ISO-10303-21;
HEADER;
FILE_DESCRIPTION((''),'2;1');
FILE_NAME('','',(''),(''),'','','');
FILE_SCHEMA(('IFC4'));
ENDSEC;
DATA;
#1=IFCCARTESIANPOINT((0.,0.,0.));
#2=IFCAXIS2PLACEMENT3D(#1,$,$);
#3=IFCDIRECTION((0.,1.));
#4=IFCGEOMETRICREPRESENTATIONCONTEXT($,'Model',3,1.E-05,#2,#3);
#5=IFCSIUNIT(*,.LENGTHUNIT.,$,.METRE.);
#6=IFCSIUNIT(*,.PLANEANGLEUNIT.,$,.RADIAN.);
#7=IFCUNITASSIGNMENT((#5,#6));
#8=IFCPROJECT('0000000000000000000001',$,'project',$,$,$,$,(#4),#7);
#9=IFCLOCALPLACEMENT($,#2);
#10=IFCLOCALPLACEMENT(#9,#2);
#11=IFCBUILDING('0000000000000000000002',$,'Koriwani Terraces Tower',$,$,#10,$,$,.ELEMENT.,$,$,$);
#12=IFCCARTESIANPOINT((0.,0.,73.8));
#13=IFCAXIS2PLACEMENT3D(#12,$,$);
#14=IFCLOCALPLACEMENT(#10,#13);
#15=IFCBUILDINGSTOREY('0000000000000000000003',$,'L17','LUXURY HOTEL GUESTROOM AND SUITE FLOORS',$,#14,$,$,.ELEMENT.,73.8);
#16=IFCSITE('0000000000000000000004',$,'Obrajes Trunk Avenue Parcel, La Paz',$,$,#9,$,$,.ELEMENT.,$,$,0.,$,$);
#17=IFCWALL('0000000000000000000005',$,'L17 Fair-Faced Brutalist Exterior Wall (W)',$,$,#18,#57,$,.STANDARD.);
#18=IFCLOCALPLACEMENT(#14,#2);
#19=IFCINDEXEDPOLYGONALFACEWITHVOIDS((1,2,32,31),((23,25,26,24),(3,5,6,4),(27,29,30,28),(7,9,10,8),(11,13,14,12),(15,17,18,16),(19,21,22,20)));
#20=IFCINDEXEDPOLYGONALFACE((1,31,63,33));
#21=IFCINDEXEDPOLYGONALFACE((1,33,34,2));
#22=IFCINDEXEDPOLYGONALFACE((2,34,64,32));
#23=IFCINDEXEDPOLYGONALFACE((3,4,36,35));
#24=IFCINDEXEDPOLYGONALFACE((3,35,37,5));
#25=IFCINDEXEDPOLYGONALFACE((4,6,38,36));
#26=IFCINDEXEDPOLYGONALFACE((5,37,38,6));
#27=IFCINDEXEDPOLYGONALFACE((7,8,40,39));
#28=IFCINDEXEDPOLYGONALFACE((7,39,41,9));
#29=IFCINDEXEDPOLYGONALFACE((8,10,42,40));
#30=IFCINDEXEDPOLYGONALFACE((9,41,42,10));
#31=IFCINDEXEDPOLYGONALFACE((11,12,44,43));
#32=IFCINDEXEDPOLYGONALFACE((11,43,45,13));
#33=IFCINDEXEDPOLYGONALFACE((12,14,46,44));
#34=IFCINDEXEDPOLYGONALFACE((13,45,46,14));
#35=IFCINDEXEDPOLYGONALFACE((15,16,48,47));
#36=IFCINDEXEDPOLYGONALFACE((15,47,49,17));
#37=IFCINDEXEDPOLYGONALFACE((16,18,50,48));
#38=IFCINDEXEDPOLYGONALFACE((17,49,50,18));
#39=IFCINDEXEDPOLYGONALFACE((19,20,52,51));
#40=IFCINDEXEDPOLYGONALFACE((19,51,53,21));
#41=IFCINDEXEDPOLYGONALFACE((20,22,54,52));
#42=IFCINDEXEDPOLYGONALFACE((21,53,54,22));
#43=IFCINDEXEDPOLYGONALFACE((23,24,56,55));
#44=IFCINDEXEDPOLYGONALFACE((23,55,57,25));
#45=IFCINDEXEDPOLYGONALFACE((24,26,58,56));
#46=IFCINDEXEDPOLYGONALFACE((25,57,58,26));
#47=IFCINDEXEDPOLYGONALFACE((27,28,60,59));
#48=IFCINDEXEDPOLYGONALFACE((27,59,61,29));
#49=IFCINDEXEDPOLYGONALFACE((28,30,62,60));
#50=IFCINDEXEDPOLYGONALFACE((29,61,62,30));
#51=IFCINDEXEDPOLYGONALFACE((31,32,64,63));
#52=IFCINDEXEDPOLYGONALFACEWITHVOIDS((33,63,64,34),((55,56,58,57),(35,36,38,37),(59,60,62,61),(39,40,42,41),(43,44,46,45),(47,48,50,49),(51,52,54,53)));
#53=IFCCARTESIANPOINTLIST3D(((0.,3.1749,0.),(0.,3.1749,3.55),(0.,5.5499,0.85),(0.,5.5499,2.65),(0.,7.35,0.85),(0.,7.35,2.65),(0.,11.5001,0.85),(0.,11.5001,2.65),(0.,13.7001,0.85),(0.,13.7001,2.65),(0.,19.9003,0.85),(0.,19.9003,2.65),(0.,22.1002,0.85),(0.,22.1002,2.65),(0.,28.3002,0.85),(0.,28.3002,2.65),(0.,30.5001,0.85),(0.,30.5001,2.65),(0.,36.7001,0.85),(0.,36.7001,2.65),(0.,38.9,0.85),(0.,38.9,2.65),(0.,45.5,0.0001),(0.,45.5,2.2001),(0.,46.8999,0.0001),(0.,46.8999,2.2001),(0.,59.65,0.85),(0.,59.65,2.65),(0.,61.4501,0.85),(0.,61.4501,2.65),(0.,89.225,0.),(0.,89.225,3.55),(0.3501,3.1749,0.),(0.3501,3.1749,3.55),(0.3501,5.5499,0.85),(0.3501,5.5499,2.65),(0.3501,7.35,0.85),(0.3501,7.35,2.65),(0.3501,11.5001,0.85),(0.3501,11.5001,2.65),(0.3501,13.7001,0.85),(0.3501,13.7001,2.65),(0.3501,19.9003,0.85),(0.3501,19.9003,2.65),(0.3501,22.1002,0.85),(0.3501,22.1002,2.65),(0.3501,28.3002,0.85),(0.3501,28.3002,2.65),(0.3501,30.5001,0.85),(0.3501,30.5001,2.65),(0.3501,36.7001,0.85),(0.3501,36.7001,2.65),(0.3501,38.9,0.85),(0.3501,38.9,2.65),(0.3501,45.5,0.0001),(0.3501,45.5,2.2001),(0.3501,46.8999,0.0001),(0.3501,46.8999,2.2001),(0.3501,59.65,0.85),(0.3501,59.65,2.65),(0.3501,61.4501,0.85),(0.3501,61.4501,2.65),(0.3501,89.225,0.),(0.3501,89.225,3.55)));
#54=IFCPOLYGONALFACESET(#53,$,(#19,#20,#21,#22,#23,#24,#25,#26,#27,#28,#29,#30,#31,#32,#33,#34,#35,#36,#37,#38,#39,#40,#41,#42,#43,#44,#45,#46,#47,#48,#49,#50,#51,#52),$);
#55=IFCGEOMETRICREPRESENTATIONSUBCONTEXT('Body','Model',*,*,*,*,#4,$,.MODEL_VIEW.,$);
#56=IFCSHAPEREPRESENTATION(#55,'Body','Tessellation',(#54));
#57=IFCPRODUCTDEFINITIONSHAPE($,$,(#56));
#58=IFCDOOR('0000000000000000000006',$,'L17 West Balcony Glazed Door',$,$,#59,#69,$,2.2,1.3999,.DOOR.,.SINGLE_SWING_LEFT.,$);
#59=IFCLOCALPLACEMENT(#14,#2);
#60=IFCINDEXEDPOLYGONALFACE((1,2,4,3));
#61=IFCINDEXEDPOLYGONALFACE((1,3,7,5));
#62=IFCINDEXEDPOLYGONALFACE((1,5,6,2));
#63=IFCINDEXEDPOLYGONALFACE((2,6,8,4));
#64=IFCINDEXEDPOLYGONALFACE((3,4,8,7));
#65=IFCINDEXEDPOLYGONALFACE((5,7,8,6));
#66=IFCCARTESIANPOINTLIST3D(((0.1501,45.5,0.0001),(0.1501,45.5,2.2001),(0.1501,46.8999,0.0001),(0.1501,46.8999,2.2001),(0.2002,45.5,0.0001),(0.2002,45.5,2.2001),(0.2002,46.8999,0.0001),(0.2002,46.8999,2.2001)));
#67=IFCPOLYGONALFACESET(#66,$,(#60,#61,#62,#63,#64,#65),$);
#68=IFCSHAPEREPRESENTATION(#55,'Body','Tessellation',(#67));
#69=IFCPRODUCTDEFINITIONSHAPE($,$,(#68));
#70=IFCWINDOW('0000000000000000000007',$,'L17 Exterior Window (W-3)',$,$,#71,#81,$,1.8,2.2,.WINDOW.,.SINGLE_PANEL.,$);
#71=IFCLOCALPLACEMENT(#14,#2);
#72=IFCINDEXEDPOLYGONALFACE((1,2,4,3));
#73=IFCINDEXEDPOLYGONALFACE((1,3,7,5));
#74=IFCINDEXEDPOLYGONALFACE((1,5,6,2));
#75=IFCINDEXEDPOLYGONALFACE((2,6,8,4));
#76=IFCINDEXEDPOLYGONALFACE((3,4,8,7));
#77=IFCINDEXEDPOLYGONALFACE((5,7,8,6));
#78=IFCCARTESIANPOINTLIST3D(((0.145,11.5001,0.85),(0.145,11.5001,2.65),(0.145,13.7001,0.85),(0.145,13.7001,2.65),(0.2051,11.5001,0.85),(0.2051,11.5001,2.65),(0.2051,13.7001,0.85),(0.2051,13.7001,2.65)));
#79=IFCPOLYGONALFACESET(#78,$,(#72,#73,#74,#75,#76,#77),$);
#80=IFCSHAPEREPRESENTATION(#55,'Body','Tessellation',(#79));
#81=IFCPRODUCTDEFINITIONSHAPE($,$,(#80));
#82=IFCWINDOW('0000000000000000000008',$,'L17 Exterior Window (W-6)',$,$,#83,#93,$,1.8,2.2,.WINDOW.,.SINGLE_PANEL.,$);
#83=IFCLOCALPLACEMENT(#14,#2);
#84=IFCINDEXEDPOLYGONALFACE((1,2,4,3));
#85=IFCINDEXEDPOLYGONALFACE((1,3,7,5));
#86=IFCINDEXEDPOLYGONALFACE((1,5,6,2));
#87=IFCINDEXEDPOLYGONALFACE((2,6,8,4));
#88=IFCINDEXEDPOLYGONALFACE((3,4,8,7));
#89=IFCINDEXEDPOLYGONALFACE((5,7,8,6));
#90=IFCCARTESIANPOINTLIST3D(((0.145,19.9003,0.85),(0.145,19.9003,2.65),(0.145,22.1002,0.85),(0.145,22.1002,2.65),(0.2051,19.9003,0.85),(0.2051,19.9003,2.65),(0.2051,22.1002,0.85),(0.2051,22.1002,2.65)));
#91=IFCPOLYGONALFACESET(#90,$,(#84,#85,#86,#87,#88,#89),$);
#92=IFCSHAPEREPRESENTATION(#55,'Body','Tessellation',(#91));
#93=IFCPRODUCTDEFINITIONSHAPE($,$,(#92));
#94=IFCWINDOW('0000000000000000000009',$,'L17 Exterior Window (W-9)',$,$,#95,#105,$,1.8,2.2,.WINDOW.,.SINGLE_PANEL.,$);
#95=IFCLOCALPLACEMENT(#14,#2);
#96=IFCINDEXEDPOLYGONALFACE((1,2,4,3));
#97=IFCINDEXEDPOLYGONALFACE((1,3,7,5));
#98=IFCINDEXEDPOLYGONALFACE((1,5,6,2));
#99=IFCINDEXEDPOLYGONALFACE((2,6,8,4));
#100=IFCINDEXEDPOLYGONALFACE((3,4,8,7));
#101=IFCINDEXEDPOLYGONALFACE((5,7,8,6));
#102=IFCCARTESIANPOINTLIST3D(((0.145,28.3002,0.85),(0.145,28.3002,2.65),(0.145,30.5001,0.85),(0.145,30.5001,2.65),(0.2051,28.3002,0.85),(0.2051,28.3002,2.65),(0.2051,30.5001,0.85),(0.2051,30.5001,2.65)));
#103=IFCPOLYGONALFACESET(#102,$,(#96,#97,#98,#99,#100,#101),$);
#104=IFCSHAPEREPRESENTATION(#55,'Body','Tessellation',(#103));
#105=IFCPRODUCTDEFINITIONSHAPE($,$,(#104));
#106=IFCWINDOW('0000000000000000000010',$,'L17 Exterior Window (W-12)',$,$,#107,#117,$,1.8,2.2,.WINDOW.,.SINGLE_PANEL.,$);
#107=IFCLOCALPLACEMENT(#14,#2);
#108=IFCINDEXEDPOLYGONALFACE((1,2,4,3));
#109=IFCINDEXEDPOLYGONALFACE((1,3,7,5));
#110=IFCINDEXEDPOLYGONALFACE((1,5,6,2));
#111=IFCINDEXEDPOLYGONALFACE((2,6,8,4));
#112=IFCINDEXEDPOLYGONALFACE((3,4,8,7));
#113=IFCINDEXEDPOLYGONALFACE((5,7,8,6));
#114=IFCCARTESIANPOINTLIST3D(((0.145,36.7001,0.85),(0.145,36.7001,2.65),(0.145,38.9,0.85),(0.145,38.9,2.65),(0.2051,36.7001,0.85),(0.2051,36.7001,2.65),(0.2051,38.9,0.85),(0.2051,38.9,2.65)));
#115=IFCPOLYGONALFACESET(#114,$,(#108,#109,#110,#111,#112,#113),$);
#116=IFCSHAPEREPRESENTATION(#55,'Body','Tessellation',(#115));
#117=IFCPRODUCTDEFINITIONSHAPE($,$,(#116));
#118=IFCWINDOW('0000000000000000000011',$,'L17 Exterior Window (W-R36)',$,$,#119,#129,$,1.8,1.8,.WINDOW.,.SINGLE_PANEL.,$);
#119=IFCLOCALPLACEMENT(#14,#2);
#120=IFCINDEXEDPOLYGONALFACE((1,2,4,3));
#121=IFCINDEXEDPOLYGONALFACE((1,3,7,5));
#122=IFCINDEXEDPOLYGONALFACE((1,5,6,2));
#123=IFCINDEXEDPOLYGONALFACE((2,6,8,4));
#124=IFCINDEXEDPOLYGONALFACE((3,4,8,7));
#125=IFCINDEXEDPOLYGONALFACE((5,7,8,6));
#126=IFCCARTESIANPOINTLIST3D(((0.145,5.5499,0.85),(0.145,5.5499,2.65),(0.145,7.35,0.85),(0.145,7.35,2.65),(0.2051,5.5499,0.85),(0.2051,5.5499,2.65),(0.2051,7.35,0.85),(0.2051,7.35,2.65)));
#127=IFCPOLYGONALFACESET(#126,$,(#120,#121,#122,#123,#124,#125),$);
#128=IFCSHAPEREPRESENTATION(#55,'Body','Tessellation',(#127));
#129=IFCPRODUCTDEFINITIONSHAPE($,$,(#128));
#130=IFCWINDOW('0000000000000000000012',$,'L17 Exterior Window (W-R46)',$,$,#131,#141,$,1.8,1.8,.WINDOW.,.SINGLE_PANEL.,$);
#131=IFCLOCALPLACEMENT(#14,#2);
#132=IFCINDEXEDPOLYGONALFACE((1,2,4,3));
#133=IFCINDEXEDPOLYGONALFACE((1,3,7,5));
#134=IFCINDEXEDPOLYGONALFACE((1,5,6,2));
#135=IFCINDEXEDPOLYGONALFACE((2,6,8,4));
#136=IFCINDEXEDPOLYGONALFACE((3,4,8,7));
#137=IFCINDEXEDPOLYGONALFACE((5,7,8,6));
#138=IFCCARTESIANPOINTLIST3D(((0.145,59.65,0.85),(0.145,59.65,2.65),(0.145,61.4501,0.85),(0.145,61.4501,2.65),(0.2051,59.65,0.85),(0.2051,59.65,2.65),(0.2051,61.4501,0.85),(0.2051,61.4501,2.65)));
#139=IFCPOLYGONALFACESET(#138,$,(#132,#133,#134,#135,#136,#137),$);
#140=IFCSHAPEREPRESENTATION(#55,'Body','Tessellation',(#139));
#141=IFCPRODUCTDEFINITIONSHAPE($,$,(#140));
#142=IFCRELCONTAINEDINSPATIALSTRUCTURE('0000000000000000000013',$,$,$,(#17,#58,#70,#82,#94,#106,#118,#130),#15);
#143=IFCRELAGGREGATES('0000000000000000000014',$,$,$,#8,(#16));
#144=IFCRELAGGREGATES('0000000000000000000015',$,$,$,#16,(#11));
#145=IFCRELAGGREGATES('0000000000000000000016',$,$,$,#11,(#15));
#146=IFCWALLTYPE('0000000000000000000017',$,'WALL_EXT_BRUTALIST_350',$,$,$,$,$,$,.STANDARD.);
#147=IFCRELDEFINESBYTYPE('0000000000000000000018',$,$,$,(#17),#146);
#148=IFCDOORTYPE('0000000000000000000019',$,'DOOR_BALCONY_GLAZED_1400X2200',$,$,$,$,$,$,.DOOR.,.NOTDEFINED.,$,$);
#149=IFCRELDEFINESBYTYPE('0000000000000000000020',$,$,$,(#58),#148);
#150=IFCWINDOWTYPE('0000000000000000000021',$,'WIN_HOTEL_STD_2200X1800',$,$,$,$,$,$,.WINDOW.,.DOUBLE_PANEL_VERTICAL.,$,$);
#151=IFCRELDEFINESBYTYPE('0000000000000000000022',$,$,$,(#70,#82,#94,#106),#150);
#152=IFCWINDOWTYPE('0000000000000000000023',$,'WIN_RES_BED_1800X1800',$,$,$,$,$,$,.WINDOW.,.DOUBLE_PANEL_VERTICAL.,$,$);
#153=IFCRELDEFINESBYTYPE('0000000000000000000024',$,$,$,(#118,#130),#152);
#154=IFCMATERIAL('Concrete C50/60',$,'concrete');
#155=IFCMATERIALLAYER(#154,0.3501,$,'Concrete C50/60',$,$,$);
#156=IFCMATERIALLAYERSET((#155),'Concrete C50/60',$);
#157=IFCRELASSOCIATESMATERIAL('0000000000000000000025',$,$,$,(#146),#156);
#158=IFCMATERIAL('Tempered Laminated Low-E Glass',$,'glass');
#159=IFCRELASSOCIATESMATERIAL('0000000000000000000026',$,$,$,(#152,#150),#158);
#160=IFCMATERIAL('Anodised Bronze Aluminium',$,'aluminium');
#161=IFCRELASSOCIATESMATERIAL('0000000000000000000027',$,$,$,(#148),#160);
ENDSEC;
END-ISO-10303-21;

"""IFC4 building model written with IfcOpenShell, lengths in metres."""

from ifc_helpers import new_model, si_unit, direction, frame, frame_2d, origin, place, context, subcontext, project, spatial, rectangle, extrude, material, layer, layer_set, type_object, element, fill, save


model = new_model("IFC4")

# Units and contexts
model_context = context("Model", 3, precision=1e-05, world=origin(), true_north=direction((0.0, 1.0)))
body_context = subcontext(model_context, "Body", "Model", "MODEL_VIEW")
ifc_project = project(units=[si_unit("LENGTHUNIT", "METRE"), si_unit("PLANEANGLEUNIT", "RADIAN")], contexts=[model_context])

# Site, building, storey
site_placement = place(None, origin())
site = spatial("IfcSite", under=ifc_project, at=site_placement, Name="Obrajes Trunk Avenue Parcel, La Paz", CompositionType="ELEMENT", RefElevation=0.0)
building_placement = place(site_placement, origin())
building = spatial("IfcBuilding", under=site, at=building_placement, Name="Koriwani Terraces Tower", CompositionType="ELEMENT")
storey_placement = place(building_placement, frame((0.0, 0.0, 73.8)))
storey = spatial("IfcBuildingStorey", under=building, at=storey_placement, Name="L17", Description="LUXURY HOTEL GUESTROOM AND SUITE FLOORS", CompositionType="ELEMENT", Elevation=73.8)

# Shared definitions
ifc_material_1 = material(Name="Concrete C50/60", Category="concrete")

# Shared definitions
ifc_layer_1 = layer(ifc_material_1, 0.3501, Name="Concrete C50/60")
ifc_layer_set_1 = layer_set([ifc_layer_1], Name="Concrete C50/60")
wall_type_1 = type_object("IfcWallType", Name="WALL_EXT_BRUTALIST_350", PredefinedType="STANDARD", material=ifc_layer_set_1)
ifc_material_2 = material(Name="Tempered Laminated Low-E Glass", Category="glass")
window_type_1 = type_object("IfcWindowType", Name="WIN_RES_BED_1800X1800", PartitioningType="DOUBLE_PANEL_VERTICAL", PredefinedType="WINDOW", material=ifc_material_2)

# Wall, openings, door, windows
wall_1_placement = place(storey_placement, frame((0.175, 3.175, 0.0), z_axis=(0.0, 0.0, 1.0), x_axis=(0.0, 1.0, 0.0)))
wall_1 = element("IfcWall", 1, at=wall_1_placement, inside=storey, type_object=wall_type_1, Name="L17 Fair-Faced Brutalist Exterior Wall (W)", PredefinedType="STANDARD", context=body_context, shape_type="SweptSolid", body=[
    extrude(rectangle(XDim=86.05, YDim=0.3501, at=frame_2d((43.0249, 0.0))), origin(), (0.0, 0.0, 1.0), 3.55),
])
opening_1_placement = place(wall_1_placement, frame((42.325, 0.0, 0.0)))
opening_1 = element("IfcOpeningElement", 2, at=opening_1_placement, cuts=wall_1, PredefinedType="OPENING", context=body_context, shape_type="SweptSolid", body=[
    extrude(rectangle(XDim=1.3999, YDim=2.2, at=frame_2d((0.7, 1.1001))), frame((0.0, 0.1851, 0.0), z_axis=(0.0, -1.0, 0.0), x_axis=(1.0, 0.0, 0.0)), (0.0, 0.0, 1.0), 0.3701),
])
opening_2_placement = place(wall_1_placement, frame((8.325, 0.0, 0.8501)))
opening_2 = element("IfcOpeningElement", 3, at=opening_2_placement, cuts=wall_1, PredefinedType="OPENING", context=body_context, shape_type="SweptSolid", body=[
    extrude(rectangle(XDim=2.2, YDim=1.8, at=frame_2d((1.1001, 0.8999))), frame((0.0, 0.1851, 0.0), z_axis=(0.0, -1.0, 0.0), x_axis=(1.0, 0.0, 0.0)), (0.0, 0.0, 1.0), 0.3701),
])
opening_3_placement = place(wall_1_placement, frame((16.7251, 0.0, 0.8501)))
opening_3 = element("IfcOpeningElement", 4, at=opening_3_placement, cuts=wall_1, PredefinedType="OPENING", context=body_context, shape_type="SweptSolid", body=[
    extrude(rectangle(XDim=2.2, YDim=1.8, at=frame_2d((1.1001, 0.8999))), frame((0.0, 0.1851, 0.0), z_axis=(0.0, -1.0, 0.0), x_axis=(1.0, 0.0, 0.0)), (0.0, 0.0, 1.0), 0.3701),
])
opening_4_placement = place(wall_1_placement, frame((25.125, 0.0, 0.8501)))
opening_4 = element("IfcOpeningElement", 5, at=opening_4_placement, cuts=wall_1, PredefinedType="OPENING", context=body_context, shape_type="SweptSolid", body=[
    extrude(rectangle(XDim=2.2, YDim=1.8, at=frame_2d((1.1001, 0.8999))), frame((0.0, 0.1851, 0.0), z_axis=(0.0, -1.0, 0.0), x_axis=(1.0, 0.0, 0.0)), (0.0, 0.0, 1.0), 0.3701),
])
opening_5_placement = place(wall_1_placement, frame((33.5249, 0.0, 0.8501)))
opening_5 = element("IfcOpeningElement", 6, at=opening_5_placement, cuts=wall_1, PredefinedType="OPENING", context=body_context, shape_type="SweptSolid", body=[
    extrude(rectangle(XDim=2.2, YDim=1.8, at=frame_2d((1.1001, 0.8999))), frame((0.0, 0.1851, 0.0), z_axis=(0.0, -1.0, 0.0), x_axis=(1.0, 0.0, 0.0)), (0.0, 0.0, 1.0), 0.3701),
])
opening_6_placement = place(wall_1_placement, frame((2.375, 0.0, 0.8501)))
opening_6 = element("IfcOpeningElement", 7, at=opening_6_placement, cuts=wall_1, PredefinedType="OPENING", context=body_context, shape_type="SweptSolid", body=[
    extrude(rectangle(XDim=1.8, YDim=1.8, at=frame_2d((0.8999, 0.8999))), frame((0.0, 0.1851, 0.0), z_axis=(0.0, -1.0, 0.0), x_axis=(1.0, 0.0, 0.0)), (0.0, 0.0, 1.0), 0.3701),
])
opening_7_placement = place(wall_1_placement, frame((56.4751, 0.0, 0.8501)))
opening_7 = element("IfcOpeningElement", 8, at=opening_7_placement, cuts=wall_1, PredefinedType="OPENING", context=body_context, shape_type="SweptSolid", body=[
    extrude(rectangle(XDim=1.8, YDim=1.8, at=frame_2d((0.8999, 0.8999))), frame((0.0, 0.1851, 0.0), z_axis=(0.0, -1.0, 0.0), x_axis=(1.0, 0.0, 0.0)), (0.0, 0.0, 1.0), 0.3701),
])
ifc_material_3 = material(Name="Anodised Bronze Aluminium", Category="aluminium")
door_type_1 = type_object("IfcDoorType", Name="DOOR_BALCONY_GLAZED_1400X2200", OperationType="NOTDEFINED", PredefinedType="DOOR", material=ifc_material_3)
door_1_placement = place(opening_1_placement, origin())
door_1 = element("IfcDoor", 9, at=door_1_placement, inside=storey, type_object=door_type_1, Name="L17 West Balcony Glazed Door", OperationType="SINGLE_SWING_LEFT", OverallHeight=2.2, OverallWidth=1.3999, PredefinedType="DOOR", context=body_context, shape_type="SweptSolid", body=[
    extrude(rectangle(XDim=1.3999, YDim=2.2, at=frame_2d((0.7, 1.1001))), frame((0.0, 0.0249, 0.0), z_axis=(0.0, -1.0, 0.0), x_axis=(1.0, 0.0, 0.0)), (0.0, 0.0, 1.0), 0.05),
])
fill(opening_1, door_1)
window_type_2 = type_object("IfcWindowType", Name="WIN_HOTEL_STD_2200X1800", PartitioningType="DOUBLE_PANEL_VERTICAL", PredefinedType="WINDOW", material=ifc_material_2)
window_1_placement = place(opening_2_placement, origin())
window_1 = element("IfcWindow", 10, at=window_1_placement, inside=storey, type_object=window_type_2, Name="L17 Exterior Window (W-3)", OverallHeight=1.8, OverallWidth=2.2, PartitioningType="SINGLE_PANEL", PredefinedType="WINDOW", context=body_context, shape_type="SweptSolid", body=[
    extrude(rectangle(XDim=2.2, YDim=1.8, at=frame_2d((1.1001, 0.8999))), frame((0.0, 0.03, 0.0), z_axis=(0.0, -1.0, 0.0), x_axis=(1.0, 0.0, 0.0)), (0.0, 0.0, 1.0), 0.0601),
])
fill(opening_2, window_1)
window_2_placement = place(opening_3_placement, origin())
window_2 = element("IfcWindow", 11, at=window_2_placement, inside=storey, type_object=window_type_2, Name="L17 Exterior Window (W-6)", OverallHeight=1.8, OverallWidth=2.2, PartitioningType="SINGLE_PANEL", PredefinedType="WINDOW", context=body_context, shape_type="SweptSolid", body=[
    extrude(rectangle(XDim=2.2, YDim=1.8, at=frame_2d((1.1001, 0.8999))), frame((0.0, 0.03, 0.0), z_axis=(0.0, -1.0, 0.0), x_axis=(1.0, 0.0, 0.0)), (0.0, 0.0, 1.0), 0.0601),
])
fill(opening_3, window_2)
window_3_placement = place(opening_4_placement, origin())
window_3 = element("IfcWindow", 12, at=window_3_placement, inside=storey, type_object=window_type_2, Name="L17 Exterior Window (W-9)", OverallHeight=1.8, OverallWidth=2.2, PartitioningType="SINGLE_PANEL", PredefinedType="WINDOW", context=body_context, shape_type="SweptSolid", body=[
    extrude(rectangle(XDim=2.2, YDim=1.8, at=frame_2d((1.1001, 0.8999))), frame((0.0, 0.03, 0.0), z_axis=(0.0, -1.0, 0.0), x_axis=(1.0, 0.0, 0.0)), (0.0, 0.0, 1.0), 0.0601),
])
fill(opening_4, window_3)
window_4_placement = place(opening_5_placement, origin())
window_4 = element("IfcWindow", 13, at=window_4_placement, inside=storey, type_object=window_type_2, Name="L17 Exterior Window (W-12)", OverallHeight=1.8, OverallWidth=2.2, PartitioningType="SINGLE_PANEL", PredefinedType="WINDOW", context=body_context, shape_type="SweptSolid", body=[
    extrude(rectangle(XDim=2.2, YDim=1.8, at=frame_2d((1.1001, 0.8999))), frame((0.0, 0.03, 0.0), z_axis=(0.0, -1.0, 0.0), x_axis=(1.0, 0.0, 0.0)), (0.0, 0.0, 1.0), 0.0601),
])
fill(opening_5, window_4)
window_5_placement = place(opening_6_placement, origin())
window_5 = element("IfcWindow", 14, at=window_5_placement, inside=storey, type_object=window_type_1, Name="L17 Exterior Window (W-R36)", OverallHeight=1.8, OverallWidth=1.8, PartitioningType="SINGLE_PANEL", PredefinedType="WINDOW", context=body_context, shape_type="SweptSolid", body=[
    extrude(rectangle(XDim=1.8, YDim=1.8, at=frame_2d((0.8999, 0.8999))), frame((0.0, 0.03, 0.0), z_axis=(0.0, -1.0, 0.0), x_axis=(1.0, 0.0, 0.0)), (0.0, 0.0, 1.0), 0.0601),
])
fill(opening_6, window_5)
window_6_placement = place(opening_7_placement, origin())
window_6 = element("IfcWindow", 15, at=window_6_placement, inside=storey, type_object=window_type_1, Name="L17 Exterior Window (W-R46)", OverallHeight=1.8, OverallWidth=1.8, PartitioningType="SINGLE_PANEL", PredefinedType="WINDOW", context=body_context, shape_type="SweptSolid", body=[
    extrude(rectangle(XDim=1.8, YDim=1.8, at=frame_2d((0.8999, 0.8999))), frame((0.0, 0.03, 0.0), z_axis=(0.0, -1.0, 0.0), x_axis=(1.0, 0.0, 0.0)), (0.0, 0.0, 1.0), 0.0601),
])
fill(opening_7, window_6)

save(model, "model.ifc")
